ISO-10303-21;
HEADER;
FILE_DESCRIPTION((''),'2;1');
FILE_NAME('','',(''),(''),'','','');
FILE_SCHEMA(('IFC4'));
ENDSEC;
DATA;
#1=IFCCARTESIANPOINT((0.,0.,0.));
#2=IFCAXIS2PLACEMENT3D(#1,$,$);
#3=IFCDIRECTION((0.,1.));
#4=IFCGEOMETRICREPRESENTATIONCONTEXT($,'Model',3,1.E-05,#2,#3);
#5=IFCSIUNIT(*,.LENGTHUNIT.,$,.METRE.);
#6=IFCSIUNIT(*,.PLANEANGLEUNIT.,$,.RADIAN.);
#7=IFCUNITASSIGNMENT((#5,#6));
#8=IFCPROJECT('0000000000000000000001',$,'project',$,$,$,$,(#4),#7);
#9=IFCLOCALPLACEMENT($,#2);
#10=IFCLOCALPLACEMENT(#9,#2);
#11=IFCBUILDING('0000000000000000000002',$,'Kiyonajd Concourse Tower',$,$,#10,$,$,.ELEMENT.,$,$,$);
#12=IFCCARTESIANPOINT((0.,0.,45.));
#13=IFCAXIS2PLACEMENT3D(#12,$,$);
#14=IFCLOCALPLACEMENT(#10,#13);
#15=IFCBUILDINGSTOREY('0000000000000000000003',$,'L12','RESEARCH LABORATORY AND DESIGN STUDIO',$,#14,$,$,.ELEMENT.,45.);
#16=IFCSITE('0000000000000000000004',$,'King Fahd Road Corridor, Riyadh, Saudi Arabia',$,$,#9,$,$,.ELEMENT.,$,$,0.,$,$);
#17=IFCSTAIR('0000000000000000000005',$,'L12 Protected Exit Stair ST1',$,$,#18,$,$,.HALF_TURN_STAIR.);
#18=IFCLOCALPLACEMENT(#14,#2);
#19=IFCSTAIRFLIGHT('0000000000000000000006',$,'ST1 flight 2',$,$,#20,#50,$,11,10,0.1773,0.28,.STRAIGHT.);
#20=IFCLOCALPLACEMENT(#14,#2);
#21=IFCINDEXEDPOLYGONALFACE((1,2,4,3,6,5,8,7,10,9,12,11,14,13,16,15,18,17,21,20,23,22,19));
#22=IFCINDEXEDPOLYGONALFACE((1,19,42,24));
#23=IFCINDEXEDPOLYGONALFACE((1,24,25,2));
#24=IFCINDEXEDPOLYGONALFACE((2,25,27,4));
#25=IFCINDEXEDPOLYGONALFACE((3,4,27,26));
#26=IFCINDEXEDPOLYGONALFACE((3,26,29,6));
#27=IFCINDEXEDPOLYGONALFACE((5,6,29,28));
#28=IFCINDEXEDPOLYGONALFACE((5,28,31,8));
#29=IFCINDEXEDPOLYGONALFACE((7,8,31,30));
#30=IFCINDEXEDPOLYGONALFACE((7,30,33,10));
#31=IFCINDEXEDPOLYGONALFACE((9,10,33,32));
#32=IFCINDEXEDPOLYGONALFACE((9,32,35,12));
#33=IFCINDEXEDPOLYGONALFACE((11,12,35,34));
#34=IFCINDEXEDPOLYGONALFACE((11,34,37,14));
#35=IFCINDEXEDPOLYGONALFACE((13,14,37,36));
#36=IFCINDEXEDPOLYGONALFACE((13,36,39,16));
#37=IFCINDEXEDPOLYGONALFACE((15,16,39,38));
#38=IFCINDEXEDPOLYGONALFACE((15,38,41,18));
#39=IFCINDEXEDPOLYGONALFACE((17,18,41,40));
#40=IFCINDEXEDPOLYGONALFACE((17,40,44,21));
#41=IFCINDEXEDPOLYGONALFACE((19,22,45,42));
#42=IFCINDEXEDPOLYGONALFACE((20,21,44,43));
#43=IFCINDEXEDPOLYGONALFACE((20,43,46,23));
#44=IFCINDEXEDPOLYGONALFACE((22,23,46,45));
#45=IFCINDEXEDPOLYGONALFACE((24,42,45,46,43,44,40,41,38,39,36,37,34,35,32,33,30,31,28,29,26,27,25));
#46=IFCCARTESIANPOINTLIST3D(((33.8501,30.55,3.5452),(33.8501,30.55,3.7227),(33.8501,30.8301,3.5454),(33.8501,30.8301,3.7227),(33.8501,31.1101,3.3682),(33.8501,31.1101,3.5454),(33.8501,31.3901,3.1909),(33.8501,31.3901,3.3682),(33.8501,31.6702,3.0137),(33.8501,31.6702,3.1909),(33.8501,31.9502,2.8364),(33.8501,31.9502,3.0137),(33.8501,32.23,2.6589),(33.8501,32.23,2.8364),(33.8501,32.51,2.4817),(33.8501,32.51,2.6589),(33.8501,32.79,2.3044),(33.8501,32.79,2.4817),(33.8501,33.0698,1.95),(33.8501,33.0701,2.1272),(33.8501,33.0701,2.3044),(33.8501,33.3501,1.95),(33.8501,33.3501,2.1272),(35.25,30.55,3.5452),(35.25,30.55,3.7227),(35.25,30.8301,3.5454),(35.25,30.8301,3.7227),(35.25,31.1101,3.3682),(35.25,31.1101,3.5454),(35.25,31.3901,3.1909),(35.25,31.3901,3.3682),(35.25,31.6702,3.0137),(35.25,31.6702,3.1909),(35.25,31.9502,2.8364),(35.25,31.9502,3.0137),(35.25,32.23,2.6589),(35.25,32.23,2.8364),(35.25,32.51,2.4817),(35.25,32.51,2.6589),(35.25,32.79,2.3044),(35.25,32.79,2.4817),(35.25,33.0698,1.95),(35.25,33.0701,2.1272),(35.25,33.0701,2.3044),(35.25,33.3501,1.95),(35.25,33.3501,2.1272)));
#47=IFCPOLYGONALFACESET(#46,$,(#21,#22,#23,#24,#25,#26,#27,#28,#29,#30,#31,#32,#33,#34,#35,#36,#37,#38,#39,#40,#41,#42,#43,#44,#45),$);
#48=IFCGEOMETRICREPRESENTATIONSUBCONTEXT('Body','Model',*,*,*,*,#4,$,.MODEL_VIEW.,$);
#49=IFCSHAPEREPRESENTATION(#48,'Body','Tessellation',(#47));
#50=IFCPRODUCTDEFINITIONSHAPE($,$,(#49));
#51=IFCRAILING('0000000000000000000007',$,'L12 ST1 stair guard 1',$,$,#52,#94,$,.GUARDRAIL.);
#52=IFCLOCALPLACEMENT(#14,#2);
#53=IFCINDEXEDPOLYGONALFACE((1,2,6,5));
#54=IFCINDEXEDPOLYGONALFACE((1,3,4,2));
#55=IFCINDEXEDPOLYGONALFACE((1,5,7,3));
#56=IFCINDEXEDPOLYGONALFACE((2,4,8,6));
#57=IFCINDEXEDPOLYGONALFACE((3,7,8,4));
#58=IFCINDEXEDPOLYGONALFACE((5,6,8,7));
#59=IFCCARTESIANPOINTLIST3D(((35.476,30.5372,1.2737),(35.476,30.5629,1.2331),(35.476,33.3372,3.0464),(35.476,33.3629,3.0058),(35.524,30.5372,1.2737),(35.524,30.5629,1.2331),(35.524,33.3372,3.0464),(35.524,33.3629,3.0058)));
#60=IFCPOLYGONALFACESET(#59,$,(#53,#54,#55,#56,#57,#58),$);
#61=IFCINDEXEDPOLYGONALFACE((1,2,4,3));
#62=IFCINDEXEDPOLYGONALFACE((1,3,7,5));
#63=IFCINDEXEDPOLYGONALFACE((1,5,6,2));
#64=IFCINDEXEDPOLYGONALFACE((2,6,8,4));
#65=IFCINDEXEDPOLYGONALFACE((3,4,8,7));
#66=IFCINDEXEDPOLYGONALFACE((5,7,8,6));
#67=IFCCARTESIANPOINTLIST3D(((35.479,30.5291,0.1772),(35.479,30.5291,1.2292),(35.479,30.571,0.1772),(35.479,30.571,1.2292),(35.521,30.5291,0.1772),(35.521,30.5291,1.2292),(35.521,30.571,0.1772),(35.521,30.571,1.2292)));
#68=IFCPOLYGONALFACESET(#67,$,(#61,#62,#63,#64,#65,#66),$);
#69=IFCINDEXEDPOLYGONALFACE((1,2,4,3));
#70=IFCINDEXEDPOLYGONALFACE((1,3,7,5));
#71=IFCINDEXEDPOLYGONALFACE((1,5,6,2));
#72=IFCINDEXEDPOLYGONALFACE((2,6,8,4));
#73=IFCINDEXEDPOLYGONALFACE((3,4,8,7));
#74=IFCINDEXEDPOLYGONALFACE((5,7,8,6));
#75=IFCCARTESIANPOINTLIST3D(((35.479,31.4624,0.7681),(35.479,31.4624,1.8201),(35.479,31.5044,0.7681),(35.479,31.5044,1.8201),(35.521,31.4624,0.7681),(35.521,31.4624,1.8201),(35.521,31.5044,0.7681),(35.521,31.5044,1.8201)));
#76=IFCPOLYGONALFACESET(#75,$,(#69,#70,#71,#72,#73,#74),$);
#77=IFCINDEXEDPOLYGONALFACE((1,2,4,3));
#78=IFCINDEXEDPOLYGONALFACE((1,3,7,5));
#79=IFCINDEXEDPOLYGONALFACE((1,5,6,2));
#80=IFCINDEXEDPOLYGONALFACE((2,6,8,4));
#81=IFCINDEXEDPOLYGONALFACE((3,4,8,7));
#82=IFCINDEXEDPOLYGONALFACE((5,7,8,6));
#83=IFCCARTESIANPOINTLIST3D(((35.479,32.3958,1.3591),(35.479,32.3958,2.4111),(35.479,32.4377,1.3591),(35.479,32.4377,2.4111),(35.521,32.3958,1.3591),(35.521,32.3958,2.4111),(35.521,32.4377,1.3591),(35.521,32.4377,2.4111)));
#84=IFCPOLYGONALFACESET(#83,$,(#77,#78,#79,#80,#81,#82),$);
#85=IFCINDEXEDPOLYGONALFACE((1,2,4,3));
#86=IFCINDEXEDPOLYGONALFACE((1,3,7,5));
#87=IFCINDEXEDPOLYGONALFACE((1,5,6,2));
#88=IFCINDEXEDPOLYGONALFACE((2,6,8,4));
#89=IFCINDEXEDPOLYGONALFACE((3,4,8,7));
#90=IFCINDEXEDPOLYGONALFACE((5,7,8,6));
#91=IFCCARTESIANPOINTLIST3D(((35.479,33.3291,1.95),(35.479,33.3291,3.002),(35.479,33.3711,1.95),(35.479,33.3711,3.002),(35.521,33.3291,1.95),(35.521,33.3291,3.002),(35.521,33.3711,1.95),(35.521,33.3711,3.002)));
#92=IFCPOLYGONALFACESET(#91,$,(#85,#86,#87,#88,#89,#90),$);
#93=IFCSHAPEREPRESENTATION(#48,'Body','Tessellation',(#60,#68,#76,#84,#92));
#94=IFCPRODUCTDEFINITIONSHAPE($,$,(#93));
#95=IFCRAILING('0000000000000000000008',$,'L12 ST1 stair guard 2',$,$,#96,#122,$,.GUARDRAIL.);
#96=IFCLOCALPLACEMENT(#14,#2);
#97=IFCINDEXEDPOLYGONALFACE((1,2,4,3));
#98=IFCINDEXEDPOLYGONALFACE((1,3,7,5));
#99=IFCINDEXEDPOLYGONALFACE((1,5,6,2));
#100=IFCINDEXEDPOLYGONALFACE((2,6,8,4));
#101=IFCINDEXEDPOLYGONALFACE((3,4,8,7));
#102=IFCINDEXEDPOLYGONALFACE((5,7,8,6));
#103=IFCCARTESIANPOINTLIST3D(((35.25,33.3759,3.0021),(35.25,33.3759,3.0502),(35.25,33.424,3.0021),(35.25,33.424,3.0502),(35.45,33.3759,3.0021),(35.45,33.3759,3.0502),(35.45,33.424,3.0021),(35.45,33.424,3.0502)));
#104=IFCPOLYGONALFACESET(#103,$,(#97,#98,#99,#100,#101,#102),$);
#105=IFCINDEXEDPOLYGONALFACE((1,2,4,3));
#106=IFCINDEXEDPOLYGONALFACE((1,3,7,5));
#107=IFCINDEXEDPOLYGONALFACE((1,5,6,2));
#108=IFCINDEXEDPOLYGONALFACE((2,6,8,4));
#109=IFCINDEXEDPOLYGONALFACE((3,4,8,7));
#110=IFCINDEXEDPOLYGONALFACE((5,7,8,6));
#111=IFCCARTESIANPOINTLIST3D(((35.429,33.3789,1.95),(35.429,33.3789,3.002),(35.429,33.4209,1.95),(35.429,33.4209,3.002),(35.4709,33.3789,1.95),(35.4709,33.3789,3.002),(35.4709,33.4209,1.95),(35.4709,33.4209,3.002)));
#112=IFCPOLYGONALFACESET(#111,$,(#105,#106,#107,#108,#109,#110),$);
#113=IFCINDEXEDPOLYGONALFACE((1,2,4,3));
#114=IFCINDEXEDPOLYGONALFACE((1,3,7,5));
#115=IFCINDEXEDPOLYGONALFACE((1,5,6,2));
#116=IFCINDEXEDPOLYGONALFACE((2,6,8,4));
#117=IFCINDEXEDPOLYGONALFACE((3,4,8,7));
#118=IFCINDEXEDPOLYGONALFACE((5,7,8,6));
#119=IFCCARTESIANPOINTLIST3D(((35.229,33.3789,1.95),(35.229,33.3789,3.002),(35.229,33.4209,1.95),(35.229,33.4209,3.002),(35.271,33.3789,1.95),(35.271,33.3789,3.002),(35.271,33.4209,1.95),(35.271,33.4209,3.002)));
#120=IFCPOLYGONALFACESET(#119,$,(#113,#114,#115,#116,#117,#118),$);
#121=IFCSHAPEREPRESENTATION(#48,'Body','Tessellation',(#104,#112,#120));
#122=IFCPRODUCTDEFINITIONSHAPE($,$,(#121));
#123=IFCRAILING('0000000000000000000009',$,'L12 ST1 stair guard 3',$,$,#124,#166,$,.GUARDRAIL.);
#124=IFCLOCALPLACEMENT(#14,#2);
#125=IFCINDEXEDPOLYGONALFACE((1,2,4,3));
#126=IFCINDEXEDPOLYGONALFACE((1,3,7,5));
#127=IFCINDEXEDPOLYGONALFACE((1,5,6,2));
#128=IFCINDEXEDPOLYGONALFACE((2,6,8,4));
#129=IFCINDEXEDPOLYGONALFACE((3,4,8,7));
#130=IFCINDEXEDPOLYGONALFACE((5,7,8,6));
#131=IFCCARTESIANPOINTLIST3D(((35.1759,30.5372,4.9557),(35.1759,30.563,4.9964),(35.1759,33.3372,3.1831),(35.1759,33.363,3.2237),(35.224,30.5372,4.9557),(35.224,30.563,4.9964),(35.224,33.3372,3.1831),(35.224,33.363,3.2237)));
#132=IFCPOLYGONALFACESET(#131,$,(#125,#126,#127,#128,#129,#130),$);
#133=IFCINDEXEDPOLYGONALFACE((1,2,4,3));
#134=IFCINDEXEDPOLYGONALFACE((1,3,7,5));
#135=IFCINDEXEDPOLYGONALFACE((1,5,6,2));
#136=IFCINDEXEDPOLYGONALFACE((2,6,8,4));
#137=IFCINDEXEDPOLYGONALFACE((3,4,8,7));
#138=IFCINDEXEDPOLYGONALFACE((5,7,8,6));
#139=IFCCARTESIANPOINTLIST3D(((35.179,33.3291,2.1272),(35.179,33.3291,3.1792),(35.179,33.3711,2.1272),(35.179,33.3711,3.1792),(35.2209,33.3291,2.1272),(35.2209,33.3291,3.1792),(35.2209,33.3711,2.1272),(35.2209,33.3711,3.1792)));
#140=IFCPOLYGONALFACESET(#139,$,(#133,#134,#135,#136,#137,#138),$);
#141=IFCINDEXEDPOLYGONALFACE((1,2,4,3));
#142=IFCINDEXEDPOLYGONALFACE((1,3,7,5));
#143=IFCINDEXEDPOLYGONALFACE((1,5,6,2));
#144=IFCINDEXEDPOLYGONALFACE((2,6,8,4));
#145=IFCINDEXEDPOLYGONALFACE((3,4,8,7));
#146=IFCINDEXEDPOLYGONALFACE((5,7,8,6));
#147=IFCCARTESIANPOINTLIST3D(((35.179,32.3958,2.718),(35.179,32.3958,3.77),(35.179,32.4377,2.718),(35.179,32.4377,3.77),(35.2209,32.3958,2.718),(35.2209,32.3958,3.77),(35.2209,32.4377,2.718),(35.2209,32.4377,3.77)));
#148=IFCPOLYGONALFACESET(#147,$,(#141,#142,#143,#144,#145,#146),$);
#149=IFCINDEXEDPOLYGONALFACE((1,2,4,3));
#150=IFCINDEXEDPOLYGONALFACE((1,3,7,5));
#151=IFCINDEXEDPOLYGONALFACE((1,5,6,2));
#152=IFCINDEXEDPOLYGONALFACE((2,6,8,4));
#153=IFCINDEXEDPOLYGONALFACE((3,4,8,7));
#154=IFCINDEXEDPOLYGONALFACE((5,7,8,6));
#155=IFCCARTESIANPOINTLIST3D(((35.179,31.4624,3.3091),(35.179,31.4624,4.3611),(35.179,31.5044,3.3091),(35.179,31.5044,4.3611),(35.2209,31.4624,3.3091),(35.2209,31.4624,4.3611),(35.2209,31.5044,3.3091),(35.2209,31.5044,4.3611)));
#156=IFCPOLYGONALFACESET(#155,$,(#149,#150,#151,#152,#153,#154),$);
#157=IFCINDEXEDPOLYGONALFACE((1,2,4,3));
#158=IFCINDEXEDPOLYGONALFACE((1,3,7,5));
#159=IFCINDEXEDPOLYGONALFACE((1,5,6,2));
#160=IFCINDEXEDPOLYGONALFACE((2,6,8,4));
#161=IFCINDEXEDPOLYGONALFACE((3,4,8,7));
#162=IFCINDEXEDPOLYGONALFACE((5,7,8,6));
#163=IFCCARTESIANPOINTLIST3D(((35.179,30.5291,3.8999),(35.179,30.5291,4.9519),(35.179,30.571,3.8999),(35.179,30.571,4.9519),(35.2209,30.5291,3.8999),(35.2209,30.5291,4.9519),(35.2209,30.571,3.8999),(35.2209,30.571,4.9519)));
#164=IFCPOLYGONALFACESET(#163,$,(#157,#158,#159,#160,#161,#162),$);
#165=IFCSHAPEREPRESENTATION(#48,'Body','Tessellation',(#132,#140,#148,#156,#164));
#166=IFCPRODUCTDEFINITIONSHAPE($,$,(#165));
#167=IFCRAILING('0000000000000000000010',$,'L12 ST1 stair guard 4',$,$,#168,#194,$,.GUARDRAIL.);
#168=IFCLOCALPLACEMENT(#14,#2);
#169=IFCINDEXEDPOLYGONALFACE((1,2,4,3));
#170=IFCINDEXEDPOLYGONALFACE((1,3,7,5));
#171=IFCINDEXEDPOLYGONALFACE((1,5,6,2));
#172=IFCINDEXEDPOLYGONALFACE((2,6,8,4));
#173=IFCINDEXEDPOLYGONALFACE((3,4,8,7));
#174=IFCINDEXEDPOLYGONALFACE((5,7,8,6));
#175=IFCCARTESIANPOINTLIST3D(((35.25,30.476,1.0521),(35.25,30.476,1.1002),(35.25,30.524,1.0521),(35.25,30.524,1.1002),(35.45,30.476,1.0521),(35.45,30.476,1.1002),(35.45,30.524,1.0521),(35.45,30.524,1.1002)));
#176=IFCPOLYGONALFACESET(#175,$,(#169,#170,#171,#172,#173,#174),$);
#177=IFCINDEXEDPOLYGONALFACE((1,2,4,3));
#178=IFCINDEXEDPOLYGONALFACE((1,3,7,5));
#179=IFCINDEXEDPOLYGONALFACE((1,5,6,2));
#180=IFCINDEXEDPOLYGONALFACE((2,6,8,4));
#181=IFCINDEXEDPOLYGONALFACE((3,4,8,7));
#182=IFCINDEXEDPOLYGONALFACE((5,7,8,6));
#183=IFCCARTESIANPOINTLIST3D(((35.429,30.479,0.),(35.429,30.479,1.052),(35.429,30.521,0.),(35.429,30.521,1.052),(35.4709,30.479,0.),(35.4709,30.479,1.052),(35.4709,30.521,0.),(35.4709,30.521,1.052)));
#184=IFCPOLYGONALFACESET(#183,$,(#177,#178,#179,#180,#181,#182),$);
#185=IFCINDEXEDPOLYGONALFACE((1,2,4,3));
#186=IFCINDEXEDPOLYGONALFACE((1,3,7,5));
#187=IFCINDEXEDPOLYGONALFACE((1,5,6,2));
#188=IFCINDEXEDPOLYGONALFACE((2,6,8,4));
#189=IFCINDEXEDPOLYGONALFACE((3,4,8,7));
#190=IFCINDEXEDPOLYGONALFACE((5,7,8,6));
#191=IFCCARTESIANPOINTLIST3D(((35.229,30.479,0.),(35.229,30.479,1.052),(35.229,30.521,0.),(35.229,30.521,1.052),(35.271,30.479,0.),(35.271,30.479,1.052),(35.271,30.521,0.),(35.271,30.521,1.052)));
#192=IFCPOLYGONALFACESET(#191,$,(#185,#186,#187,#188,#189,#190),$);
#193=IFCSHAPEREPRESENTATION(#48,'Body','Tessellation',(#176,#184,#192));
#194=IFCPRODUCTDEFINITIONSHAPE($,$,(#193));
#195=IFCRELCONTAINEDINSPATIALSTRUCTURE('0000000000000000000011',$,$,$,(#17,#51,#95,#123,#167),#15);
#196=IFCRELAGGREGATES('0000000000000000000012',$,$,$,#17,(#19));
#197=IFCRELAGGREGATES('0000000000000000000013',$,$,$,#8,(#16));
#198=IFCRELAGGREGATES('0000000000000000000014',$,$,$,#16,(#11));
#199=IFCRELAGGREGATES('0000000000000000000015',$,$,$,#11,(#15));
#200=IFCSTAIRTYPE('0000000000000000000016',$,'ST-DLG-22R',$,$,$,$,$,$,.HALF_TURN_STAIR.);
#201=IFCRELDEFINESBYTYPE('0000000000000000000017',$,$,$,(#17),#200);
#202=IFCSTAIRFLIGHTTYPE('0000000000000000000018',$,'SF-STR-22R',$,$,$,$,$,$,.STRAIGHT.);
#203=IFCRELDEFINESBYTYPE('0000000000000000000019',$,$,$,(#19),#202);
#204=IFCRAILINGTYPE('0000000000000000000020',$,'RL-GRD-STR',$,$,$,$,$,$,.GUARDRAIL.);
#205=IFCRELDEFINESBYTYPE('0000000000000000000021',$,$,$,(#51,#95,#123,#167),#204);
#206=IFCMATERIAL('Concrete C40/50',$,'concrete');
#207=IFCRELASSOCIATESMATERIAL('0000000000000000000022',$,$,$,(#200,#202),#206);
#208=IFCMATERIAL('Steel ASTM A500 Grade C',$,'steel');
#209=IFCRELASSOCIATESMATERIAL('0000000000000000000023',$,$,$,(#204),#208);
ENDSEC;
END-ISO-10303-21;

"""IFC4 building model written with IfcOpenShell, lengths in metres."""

from ifc_helpers import new_model, si_unit, direction, frame, origin, origin_2d, place, context, subcontext, project, spatial, polyline, rectangle, outline, extrude, material, type_object, element, aggregate, save


model = new_model("IFC4")

# Units and contexts
model_context = context("Model", 3, precision=1e-05, world=origin(), true_north=direction((0.0, 1.0)))
body_context = subcontext(model_context, "Body", "Model", "MODEL_VIEW")
ifc_project = project(units=[si_unit("LENGTHUNIT", "METRE"), si_unit("PLANEANGLEUNIT", "RADIAN")], contexts=[model_context])

# Site, building, storey
site_placement = place(None, origin())
site = spatial("IfcSite", under=ifc_project, at=site_placement, Name="King Fahd Road Corridor, Riyadh, Saudi Arabia", CompositionType="ELEMENT", RefElevation=0.0)
building_placement = place(site_placement, origin())
building = spatial("IfcBuilding", under=site, at=building_placement, Name="Kiyonajd Concourse Tower", CompositionType="ELEMENT")
storey_placement = place(building_placement, frame((0.0, 0.0, 45.0)))
storey = spatial("IfcBuildingStorey", under=building, at=storey_placement, Name="L12", Description="RESEARCH LABORATORY AND DESIGN STUDIO", CompositionType="ELEMENT", Elevation=45.0)

# Stair, stair flight
ifc_material_1 = material(Name="Concrete C40/50", Category="concrete")
stair_type = type_object("IfcStairType", Name="ST-DLG-22R", PredefinedType="HALF_TURN_STAIR", material=ifc_material_1)
stair_placement = place(storey_placement, origin())
stair = element("IfcStair", 1, at=stair_placement, inside=storey, type_object=stair_type, Name="L12 Protected Exit Stair ST1", PredefinedType="HALF_TURN_STAIR")
stair_flight_type = type_object("IfcStairFlightType", Name="SF-STR-22R", PredefinedType="STRAIGHT", material=ifc_material_1)
stair_flight_1_placement = place(storey_placement, frame((34.55, 33.3501, 1.95), z_axis=(0.0, 0.0, 1.0), x_axis=(0.0, -1.0, 0.0)))
stair_flight_1 = element("IfcStairFlight", 2, at=stair_flight_1_placement, type_object=stair_flight_type, Name="ST1 flight 2", NumberOfRisers=11, NumberOfTreads=10, PredefinedType="STRAIGHT", RiserHeight=0.1773, TreadLength=0.28, context=body_context, shape_type="SweptSolid", body=[
    extrude(outline(polyline([(0.0, 0.0), (0.0, 0.1772), (0.28, 0.1772), (0.28, 0.3545), (0.5601, 0.3545), (0.5601, 0.5317), (0.8401, 0.5317), (0.8401, 0.709), (1.1201, 0.709), (1.1201, 0.8865), (1.3999, 0.8865), (1.3999, 1.0637), (1.6799, 1.0637), (1.6799, 1.241), (1.96, 1.241), (1.96, 1.4182), (2.24, 1.4182), (2.24, 1.5955), (2.52, 1.5955), (2.52, 1.7727), (2.8, 1.7727), (2.8, 1.95), (2.8, 1.5952), (0.2803, 0.0), (0.0, 0.0)])), frame((0.0, 0.7, 0.0), z_axis=(0.0, -1.0, 0.0), x_axis=(1.0, 0.0, 0.0)), (0.0, 0.0, 1.0), 1.3999),
])
aggregate(stair, [stair_flight_1])

# Railings
ifc_material_2 = material(Name="Steel ASTM A500 Grade C", Category="steel")
railing_type_1 = type_object("IfcRailingType", Name="RL-GRD-STR", PredefinedType="GUARDRAIL", material=ifc_material_2)
railing_1_placement = place(storey_placement, frame((35.5, 30.55, 0.1772)))
element("IfcRailing", 3, at=railing_1_placement, inside=storey, type_object=railing_type_1, Name="L12 ST1 stair guard 1", PredefinedType="GUARDRAIL", context=body_context, shape_type="SweptSolid", body=[
    extrude(rectangle(XDim=0.0481, YDim=0.0481, at=origin_2d()), frame((0.0, 0.0, 1.0762), z_axis=(0.0, 0.844909, 0.53491), x_axis=(-1.0, 0.0, 0.0)), (0.0, 0.0, 1.0), 3.314),
    extrude(rectangle(XDim=0.042, YDim=0.042, at=origin_2d()), origin(), (0.0, 0.0, 1.0), 1.052),
    extrude(rectangle(XDim=0.042, YDim=0.042, at=origin_2d()), frame((0.0, 0.9333, 0.5908)), (0.0, 0.0, 1.0), 1.052),
    extrude(rectangle(XDim=0.042, YDim=0.042, at=origin_2d()), frame((0.0, 1.8667, 1.1819)), (0.0, 0.0, 1.0), 1.052),
    extrude(rectangle(XDim=0.042, YDim=0.042, at=origin_2d()), frame((0.0, 2.8, 1.7727)), (0.0, 0.0, 1.0), 1.052),
])
railing_2_placement = place(storey_placement, frame((35.45, 33.3999, 1.95)))
element("IfcRailing", 4, at=railing_2_placement, inside=storey, type_object=railing_type_1, Name="L12 ST1 stair guard 2", PredefinedType="GUARDRAIL", context=body_context, shape_type="SweptSolid", body=[
    extrude(rectangle(XDim=0.0481, YDim=0.0481, at=origin_2d()), frame((0.0, 0.0, 1.0762), z_axis=(-1.0, 0.0, 0.0), x_axis=(0.0, -1.0, 0.0)), (0.0, 0.0, 1.0), 0.2),
    extrude(rectangle(XDim=0.042, YDim=0.042, at=origin_2d()), origin(), (0.0, 0.0, 1.0), 1.052),
    extrude(rectangle(XDim=0.042, YDim=0.042, at=origin_2d()), frame((-0.2, 0.0, 0.0)), (0.0, 0.0, 1.0), 1.052),
])
railing_3_placement = place(storey_placement, frame((35.2, 33.3501, 2.1272)))
element("IfcRailing", 5, at=railing_3_placement, inside=storey, type_object=railing_type_1, Name="L12 ST1 stair guard 3", PredefinedType="GUARDRAIL", context=body_context, shape_type="SweptSolid", body=[
    extrude(rectangle(XDim=0.0481, YDim=0.0481, at=origin_2d()), frame((0.0, 0.0, 1.0762), z_axis=(0.0, -0.844909, 0.53491), x_axis=(1.0, 0.0, 0.0)), (0.0, 0.0, 1.0), 3.314),
    extrude(rectangle(XDim=0.042, YDim=0.042, at=origin_2d()), origin(), (0.0, 0.0, 1.0), 1.052),
    extrude(rectangle(XDim=0.042, YDim=0.042, at=origin_2d()), frame((0.0, -0.9333, 0.5908)), (0.0, 0.0, 1.0), 1.052),
    extrude(rectangle(XDim=0.042, YDim=0.042, at=origin_2d()), frame((0.0, -1.8667, 1.1819)), (0.0, 0.0, 1.0), 1.052),
    extrude(rectangle(XDim=0.042, YDim=0.042, at=origin_2d()), frame((0.0, -2.8, 1.7727)), (0.0, 0.0, 1.0), 1.052),
])
railing_4_placement = place(storey_placement, frame((35.45, 30.5, 0.0)))
element("IfcRailing", 6, at=railing_4_placement, inside=storey, type_object=railing_type_1, Name="L12 ST1 stair guard 4", PredefinedType="GUARDRAIL", context=body_context, shape_type="SweptSolid", body=[
    extrude(rectangle(XDim=0.0481, YDim=0.0481, at=origin_2d()), frame((0.0, 0.0, 1.0762), z_axis=(-1.0, 0.0, 0.0), x_axis=(0.0, -1.0, 0.0)), (0.0, 0.0, 1.0), 0.2),
    extrude(rectangle(XDim=0.042, YDim=0.042, at=origin_2d()), origin(), (0.0, 0.0, 1.0), 1.052),
    extrude(rectangle(XDim=0.042, YDim=0.042, at=origin_2d()), frame((-0.2, 0.0, 0.0)), (0.0, 0.0, 1.0), 1.052),
])

save(model, "model.ifc")
